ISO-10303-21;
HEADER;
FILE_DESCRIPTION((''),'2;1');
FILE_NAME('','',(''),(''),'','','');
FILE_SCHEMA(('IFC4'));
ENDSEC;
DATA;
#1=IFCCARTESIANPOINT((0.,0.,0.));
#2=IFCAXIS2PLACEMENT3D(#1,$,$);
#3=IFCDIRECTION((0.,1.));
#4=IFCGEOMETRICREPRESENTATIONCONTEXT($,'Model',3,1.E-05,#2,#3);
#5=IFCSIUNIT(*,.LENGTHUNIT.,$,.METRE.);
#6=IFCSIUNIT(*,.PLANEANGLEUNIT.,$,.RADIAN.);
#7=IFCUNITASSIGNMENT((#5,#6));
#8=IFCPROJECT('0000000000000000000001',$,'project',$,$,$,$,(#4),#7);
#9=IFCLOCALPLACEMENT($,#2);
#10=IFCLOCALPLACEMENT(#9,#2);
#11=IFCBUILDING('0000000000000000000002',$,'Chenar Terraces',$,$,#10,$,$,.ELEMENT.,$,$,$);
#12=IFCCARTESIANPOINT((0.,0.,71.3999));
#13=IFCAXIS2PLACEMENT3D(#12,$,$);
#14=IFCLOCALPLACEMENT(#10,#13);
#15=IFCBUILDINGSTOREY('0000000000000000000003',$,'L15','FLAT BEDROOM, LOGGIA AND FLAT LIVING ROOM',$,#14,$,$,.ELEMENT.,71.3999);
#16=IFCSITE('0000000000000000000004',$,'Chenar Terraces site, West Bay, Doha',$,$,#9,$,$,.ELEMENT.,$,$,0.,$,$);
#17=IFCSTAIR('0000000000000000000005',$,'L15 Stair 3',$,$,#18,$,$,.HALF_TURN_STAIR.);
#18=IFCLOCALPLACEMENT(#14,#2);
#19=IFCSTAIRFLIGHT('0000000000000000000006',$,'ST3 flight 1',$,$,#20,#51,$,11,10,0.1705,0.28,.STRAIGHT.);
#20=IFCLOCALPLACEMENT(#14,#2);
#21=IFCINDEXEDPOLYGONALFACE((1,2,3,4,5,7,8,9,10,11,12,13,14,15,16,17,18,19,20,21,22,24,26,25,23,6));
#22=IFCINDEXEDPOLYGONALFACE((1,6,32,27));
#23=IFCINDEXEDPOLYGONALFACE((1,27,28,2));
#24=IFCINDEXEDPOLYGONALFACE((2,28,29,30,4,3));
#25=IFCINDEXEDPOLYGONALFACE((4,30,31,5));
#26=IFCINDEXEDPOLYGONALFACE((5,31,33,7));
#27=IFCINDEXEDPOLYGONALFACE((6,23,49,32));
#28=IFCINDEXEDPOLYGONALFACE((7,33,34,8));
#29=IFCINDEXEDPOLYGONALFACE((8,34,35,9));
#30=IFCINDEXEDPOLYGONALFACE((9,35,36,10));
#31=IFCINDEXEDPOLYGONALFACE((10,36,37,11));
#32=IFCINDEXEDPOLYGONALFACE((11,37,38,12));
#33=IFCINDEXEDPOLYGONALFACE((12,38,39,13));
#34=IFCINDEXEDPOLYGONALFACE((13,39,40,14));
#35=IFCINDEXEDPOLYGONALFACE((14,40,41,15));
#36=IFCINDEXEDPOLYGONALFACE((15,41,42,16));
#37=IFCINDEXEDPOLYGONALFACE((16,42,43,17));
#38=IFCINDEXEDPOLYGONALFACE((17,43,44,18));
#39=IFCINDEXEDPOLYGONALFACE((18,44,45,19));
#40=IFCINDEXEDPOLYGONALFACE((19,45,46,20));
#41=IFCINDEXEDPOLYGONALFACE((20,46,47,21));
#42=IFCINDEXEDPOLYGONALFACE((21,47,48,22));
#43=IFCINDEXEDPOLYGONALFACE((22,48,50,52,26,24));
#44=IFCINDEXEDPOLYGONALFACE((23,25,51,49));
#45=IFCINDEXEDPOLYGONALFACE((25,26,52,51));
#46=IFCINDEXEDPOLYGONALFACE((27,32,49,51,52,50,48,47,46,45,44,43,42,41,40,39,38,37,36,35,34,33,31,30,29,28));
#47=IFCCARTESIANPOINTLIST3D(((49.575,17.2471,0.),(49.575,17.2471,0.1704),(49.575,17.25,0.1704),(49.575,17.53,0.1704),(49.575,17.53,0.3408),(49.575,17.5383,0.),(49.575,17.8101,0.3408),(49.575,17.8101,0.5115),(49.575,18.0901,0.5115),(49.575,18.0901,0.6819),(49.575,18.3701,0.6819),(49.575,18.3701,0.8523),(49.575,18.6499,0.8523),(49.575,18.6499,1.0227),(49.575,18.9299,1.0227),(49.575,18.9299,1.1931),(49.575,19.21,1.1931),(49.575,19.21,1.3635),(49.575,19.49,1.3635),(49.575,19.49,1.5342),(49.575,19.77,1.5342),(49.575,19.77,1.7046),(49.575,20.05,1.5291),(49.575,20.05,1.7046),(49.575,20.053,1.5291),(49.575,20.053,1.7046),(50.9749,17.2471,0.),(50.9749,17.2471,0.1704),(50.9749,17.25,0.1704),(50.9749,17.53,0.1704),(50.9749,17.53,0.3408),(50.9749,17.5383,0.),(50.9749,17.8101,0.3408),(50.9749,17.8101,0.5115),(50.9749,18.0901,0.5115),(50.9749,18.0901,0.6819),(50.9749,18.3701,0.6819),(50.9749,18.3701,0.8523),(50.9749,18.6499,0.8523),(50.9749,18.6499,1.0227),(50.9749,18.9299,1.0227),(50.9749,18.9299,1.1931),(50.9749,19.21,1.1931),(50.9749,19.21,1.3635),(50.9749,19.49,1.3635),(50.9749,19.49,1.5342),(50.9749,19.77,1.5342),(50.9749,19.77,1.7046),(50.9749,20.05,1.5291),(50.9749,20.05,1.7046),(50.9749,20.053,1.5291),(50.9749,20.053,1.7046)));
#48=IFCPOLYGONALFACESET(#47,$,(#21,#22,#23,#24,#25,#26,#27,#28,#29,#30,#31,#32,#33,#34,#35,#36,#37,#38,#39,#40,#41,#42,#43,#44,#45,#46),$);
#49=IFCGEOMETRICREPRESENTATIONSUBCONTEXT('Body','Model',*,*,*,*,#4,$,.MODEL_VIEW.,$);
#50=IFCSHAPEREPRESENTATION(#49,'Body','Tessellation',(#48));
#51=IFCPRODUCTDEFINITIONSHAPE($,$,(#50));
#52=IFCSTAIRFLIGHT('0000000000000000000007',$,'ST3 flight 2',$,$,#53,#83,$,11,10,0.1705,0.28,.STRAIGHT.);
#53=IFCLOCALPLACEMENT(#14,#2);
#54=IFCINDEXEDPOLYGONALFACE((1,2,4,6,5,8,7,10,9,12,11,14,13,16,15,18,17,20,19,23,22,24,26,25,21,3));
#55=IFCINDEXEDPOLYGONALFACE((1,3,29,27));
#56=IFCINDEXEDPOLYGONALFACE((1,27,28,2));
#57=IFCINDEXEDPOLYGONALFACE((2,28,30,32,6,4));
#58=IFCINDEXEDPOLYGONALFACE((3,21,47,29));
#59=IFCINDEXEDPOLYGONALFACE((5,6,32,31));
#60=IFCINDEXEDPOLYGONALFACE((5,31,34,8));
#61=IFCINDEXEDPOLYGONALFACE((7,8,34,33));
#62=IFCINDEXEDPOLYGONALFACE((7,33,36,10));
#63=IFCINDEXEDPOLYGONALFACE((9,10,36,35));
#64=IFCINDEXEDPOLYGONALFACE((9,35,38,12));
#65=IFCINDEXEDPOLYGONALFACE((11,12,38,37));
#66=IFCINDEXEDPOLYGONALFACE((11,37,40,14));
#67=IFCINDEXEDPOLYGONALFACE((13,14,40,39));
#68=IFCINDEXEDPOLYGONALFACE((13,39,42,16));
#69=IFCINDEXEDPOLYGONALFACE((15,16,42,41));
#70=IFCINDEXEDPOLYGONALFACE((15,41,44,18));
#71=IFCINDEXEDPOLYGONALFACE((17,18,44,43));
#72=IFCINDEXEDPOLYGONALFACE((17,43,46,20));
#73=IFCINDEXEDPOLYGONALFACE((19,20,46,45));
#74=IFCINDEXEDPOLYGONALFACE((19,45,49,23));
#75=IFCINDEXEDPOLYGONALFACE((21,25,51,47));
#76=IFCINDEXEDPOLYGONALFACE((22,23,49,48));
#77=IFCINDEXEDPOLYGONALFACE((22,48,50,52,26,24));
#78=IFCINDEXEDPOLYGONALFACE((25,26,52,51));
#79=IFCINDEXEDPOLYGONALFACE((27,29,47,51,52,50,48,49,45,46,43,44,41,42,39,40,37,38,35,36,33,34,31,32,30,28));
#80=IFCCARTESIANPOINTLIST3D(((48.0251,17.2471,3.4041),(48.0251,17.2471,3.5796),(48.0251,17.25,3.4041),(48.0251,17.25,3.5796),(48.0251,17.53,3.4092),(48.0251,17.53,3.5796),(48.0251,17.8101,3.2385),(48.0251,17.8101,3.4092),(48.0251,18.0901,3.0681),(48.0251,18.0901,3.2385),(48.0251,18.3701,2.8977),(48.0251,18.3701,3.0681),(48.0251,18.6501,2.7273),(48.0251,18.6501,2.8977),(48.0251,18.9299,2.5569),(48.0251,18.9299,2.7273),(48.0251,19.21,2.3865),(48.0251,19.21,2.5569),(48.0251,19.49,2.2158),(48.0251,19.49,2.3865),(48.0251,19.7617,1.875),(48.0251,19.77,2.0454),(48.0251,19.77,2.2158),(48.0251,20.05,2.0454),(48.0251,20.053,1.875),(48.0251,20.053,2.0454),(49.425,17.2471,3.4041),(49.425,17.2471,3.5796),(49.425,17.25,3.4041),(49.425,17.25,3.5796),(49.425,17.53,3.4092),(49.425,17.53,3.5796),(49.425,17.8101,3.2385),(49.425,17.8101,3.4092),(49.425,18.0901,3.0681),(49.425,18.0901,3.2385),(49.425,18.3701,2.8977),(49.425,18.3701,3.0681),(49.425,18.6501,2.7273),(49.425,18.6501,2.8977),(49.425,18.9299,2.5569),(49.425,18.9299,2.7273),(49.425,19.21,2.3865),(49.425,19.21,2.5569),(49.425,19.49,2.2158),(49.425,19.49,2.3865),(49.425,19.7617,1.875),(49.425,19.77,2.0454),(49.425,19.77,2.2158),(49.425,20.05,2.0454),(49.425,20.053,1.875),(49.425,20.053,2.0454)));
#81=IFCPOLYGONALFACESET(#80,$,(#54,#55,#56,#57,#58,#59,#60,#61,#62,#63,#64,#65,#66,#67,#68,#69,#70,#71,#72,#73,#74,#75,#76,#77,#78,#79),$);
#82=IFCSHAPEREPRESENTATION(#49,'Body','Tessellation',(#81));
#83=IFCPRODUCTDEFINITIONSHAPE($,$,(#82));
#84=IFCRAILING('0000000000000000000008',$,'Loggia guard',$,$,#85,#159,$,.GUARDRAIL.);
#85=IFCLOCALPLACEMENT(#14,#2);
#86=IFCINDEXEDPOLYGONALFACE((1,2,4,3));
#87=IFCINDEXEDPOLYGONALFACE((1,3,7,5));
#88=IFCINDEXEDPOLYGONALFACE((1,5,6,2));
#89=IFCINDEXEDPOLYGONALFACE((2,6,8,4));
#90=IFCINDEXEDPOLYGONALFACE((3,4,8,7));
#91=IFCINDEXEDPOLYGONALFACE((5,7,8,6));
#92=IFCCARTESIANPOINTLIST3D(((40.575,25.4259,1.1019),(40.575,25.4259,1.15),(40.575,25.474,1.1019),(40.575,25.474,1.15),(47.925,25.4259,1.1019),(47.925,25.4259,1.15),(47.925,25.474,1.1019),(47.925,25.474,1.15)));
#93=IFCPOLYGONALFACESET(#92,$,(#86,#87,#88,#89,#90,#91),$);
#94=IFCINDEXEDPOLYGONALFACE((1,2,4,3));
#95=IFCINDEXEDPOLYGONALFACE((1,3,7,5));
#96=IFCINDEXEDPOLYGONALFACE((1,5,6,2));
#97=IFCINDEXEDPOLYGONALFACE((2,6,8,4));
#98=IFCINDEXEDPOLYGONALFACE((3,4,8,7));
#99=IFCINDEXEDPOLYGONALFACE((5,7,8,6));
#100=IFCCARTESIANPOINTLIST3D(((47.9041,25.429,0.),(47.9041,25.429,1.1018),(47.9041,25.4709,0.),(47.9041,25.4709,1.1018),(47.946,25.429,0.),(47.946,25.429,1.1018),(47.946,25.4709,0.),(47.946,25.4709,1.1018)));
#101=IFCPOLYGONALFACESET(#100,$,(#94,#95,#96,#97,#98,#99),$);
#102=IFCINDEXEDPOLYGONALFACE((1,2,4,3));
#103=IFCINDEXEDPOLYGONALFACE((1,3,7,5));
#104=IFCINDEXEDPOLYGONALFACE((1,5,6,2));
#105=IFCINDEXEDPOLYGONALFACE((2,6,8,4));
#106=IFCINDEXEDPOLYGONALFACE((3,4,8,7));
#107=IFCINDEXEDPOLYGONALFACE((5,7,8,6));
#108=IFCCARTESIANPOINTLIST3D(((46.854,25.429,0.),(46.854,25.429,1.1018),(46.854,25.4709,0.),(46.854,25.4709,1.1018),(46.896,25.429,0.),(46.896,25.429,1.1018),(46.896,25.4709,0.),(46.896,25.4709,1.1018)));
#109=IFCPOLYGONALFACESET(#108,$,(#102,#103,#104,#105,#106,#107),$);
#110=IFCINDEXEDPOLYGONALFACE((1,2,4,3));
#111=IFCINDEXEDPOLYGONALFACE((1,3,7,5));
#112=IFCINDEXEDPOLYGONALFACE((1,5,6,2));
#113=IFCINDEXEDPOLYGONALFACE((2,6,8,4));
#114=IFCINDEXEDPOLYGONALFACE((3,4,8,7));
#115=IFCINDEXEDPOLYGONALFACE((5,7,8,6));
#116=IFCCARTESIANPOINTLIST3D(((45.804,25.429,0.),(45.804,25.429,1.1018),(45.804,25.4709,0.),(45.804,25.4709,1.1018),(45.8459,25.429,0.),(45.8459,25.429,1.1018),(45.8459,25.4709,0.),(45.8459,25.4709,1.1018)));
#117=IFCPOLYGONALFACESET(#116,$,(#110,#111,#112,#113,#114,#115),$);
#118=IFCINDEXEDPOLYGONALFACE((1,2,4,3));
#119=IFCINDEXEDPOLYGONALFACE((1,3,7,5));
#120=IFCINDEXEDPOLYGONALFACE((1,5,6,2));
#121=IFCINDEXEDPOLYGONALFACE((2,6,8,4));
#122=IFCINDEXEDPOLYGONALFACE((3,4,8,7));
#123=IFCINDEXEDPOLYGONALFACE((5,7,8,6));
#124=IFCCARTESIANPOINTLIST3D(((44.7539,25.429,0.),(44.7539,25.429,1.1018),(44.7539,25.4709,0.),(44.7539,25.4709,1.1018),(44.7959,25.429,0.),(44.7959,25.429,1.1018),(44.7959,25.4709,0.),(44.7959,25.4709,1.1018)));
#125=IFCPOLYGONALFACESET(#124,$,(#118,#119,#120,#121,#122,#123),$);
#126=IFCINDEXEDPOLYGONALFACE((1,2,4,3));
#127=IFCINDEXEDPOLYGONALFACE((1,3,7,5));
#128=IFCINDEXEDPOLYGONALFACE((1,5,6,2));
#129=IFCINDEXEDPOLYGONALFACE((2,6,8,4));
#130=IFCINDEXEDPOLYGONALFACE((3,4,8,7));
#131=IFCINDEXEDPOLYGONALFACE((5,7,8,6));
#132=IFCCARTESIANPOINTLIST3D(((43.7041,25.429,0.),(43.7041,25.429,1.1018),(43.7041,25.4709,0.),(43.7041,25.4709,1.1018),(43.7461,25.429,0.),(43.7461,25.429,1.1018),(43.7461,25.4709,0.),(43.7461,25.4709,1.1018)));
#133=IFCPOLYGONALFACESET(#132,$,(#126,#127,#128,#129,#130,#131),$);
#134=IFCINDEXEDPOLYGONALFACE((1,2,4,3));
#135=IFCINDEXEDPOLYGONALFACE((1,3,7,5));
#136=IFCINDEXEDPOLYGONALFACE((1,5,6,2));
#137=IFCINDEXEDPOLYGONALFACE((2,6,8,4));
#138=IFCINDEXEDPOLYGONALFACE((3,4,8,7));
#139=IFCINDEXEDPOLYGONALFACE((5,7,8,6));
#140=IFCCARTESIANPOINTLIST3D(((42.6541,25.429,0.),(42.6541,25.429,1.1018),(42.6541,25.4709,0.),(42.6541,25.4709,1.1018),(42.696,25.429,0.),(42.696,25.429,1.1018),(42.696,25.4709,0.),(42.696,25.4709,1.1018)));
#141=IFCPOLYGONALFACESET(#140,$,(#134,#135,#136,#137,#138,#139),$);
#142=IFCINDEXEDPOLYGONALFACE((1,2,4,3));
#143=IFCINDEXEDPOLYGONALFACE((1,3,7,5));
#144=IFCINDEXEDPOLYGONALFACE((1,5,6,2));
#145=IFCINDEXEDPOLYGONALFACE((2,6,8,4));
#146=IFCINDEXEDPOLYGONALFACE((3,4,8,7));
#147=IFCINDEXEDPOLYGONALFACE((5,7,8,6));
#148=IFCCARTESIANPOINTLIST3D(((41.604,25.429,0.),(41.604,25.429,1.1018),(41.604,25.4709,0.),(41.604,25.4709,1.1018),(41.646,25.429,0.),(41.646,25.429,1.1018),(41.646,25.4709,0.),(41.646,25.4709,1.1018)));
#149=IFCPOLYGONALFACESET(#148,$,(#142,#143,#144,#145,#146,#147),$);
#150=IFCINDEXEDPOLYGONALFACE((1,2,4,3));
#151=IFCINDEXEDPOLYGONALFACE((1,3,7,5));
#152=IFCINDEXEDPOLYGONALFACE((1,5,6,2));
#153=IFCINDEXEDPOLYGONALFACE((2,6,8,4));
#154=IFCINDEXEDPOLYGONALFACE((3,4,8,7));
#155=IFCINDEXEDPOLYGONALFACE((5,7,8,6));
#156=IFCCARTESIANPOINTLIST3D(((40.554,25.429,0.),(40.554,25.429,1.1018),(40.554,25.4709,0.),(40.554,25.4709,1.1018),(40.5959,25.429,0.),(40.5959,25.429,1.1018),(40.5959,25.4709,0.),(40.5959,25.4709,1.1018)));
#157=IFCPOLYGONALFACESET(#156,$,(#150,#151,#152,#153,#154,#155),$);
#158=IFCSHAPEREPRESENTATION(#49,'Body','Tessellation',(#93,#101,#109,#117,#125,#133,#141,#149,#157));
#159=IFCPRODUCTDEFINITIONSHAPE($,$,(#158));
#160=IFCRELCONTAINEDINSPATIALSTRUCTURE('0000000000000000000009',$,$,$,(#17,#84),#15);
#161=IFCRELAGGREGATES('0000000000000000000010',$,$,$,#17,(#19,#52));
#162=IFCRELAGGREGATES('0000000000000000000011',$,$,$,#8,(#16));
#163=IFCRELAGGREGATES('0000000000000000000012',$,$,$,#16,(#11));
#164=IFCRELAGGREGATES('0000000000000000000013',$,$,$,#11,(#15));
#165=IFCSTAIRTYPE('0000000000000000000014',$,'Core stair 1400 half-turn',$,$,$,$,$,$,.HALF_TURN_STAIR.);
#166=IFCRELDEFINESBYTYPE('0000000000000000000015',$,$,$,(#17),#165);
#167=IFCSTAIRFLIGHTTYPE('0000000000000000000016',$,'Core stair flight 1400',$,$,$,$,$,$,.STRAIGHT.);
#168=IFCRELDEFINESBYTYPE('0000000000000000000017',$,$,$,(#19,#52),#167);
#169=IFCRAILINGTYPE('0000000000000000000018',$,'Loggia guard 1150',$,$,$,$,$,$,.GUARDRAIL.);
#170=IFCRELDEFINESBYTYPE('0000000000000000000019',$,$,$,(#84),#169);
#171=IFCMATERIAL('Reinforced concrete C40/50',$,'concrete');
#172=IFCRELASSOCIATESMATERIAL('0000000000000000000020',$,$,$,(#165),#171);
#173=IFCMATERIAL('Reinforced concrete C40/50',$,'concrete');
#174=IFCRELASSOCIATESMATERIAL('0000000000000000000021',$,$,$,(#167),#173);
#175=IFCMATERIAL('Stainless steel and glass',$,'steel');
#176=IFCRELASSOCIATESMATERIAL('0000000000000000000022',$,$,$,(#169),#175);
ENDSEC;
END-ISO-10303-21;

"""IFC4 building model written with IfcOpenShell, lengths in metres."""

from ifc_helpers import new_model, si_unit, direction, frame, origin, origin_2d, place, context, subcontext, project, spatial, polyline, rectangle, outline, extrude, material, type_object, element, aggregate, save


model = new_model("IFC4")

# Units and contexts
model_context = context("Model", 3, precision=1e-05, world=origin(), true_north=direction((0.0, 1.0)))
body_context = subcontext(model_context, "Body", "Model", "MODEL_VIEW")
ifc_project = project(units=[si_unit("LENGTHUNIT", "METRE"), si_unit("PLANEANGLEUNIT", "RADIAN")], contexts=[model_context])

# Site, building, storey
site_placement = place(None, origin())
site = spatial("IfcSite", under=ifc_project, at=site_placement, Name="Chenar Terraces site, West Bay, Doha", CompositionType="ELEMENT", RefElevation=0.0)
building_placement = place(site_placement, origin())
building = spatial("IfcBuilding", under=site, at=building_placement, Name="Chenar Terraces", CompositionType="ELEMENT")
storey_placement = place(building_placement, frame((0.0, 0.0, 71.3999)))
storey = spatial("IfcBuildingStorey", under=building, at=storey_placement, Name="L15", Description="FLAT BEDROOM, LOGGIA AND FLAT LIVING ROOM", CompositionType="ELEMENT", Elevation=71.3999)

# Stair, stair flights
ifc_material_1 = material(Name="Reinforced concrete C40/50", Category="concrete")
stair_type = type_object("IfcStairType", Name="Core stair 1400 half-turn", PredefinedType="HALF_TURN_STAIR", material=ifc_material_1)
stair_placement = place(storey_placement, origin())
stair = element("IfcStair", 1, at=stair_placement, inside=storey, type_object=stair_type, Name="L15 Stair 3", PredefinedType="HALF_TURN_STAIR")
ifc_material_2 = material(Name="Reinforced concrete C40/50", Category="concrete")
stair_flight_type = type_object("IfcStairFlightType", Name="Core stair flight 1400", PredefinedType="STRAIGHT", material=ifc_material_2)
stair_flight_1_placement = place(storey_placement, frame((50.2749, 17.25, 0.0), z_axis=(0.0, 0.0, 1.0), x_axis=(0.0, 1.0, 0.0)))
stair_flight_1 = element("IfcStairFlight", 2, at=stair_flight_1_placement, type_object=stair_flight_type, Name="ST3 flight 1", NumberOfRisers=11, NumberOfTreads=10, PredefinedType="STRAIGHT", RiserHeight=0.1705, TreadLength=0.28, context=body_context, shape_type="SweptSolid", body=[
    extrude(outline(polyline([(-0.0029, 0.0), (-0.0029, 0.1704), (0.0, 0.1704), (0.28, 0.1704), (0.28, 0.3408), (0.5601, 0.3408), (0.5601, 0.5115), (0.8401, 0.5115), (0.8401, 0.6819), (1.1201, 0.6819), (1.1201, 0.8523), (1.3999, 0.8523), (1.3999, 1.0227), (1.6799, 1.0227), (1.6799, 1.1931), (1.96, 1.1931), (1.96, 1.3635), (2.24, 1.3635), (2.24, 1.5342), (2.52, 1.5342), (2.52, 1.7046), (2.8, 1.7046), (2.803, 1.7046), (2.803, 1.5291), (2.8, 1.5291), (0.2883, 0.0), (-0.0029, 0.0)])), frame((0.0, 0.7, 0.0), z_axis=(0.0, -1.0, 0.0), x_axis=(1.0, 0.0, 0.0)), (0.0, 0.0, 1.0), 1.3999),
])
stair_flight_2_placement = place(storey_placement, frame((48.7251, 20.05, 1.875), z_axis=(0.0, 0.0, 1.0), x_axis=(0.0, -1.0, 0.0)))
stair_flight_2 = element("IfcStairFlight", 3, at=stair_flight_2_placement, type_object=stair_flight_type, Name="ST3 flight 2", NumberOfRisers=11, NumberOfTreads=10, PredefinedType="STRAIGHT", RiserHeight=0.1705, TreadLength=0.28, context=body_context, shape_type="SweptSolid", body=[
    extrude(outline(polyline([(-0.0029, 0.0), (-0.0029, 0.1704), (0.0, 0.1704), (0.28, 0.1704), (0.28, 0.3408), (0.5601, 0.3408), (0.5601, 0.5115), (0.8401, 0.5115), (0.8401, 0.6819), (1.1201, 0.6819), (1.1201, 0.8523), (1.3999, 0.8523), (1.3999, 1.0227), (1.6799, 1.0227), (1.6799, 1.1931), (1.96, 1.1931), (1.96, 1.3635), (2.24, 1.3635), (2.24, 1.5342), (2.52, 1.5342), (2.52, 1.7046), (2.8, 1.7046), (2.803, 1.7046), (2.803, 1.5291), (2.8, 1.5291), (0.2883, 0.0), (-0.0029, 0.0)])), frame((0.0, 0.7, 0.0), z_axis=(0.0, -1.0, 0.0), x_axis=(1.0, 0.0, 0.0)), (0.0, 0.0, 1.0), 1.3999),
])
aggregate(stair, [stair_flight_1, stair_flight_2])

# Railing
ifc_material_3 = material(Name="Stainless steel and glass", Category="steel")
railing_type_1 = type_object("IfcRailingType", Name="Loggia guard 1150", PredefinedType="GUARDRAIL", material=ifc_material_3)
railing_1_placement = place(storey_placement, frame((47.925, 25.45, 0.0)))
element("IfcRailing", 4, at=railing_1_placement, inside=storey, type_object=railing_type_1, Name="Loggia guard", PredefinedType="GUARDRAIL", context=body_context, shape_type="SweptSolid", body=[
    extrude(rectangle(XDim=0.0481, YDim=0.0481, at=origin_2d()), frame((0.0, 0.0, 1.126), z_axis=(-1.0, 0.0, 0.0), x_axis=(0.0, -1.0, 0.0)), (0.0, 0.0, 1.0), 7.3501),
    extrude(rectangle(XDim=0.042, YDim=0.042, at=origin_2d()), origin(), (0.0, 0.0, 1.0), 1.1018),
    extrude(rectangle(XDim=0.042, YDim=0.042, at=origin_2d()), frame((-1.05, 0.0, 0.0)), (0.0, 0.0, 1.0), 1.1018),
    extrude(rectangle(XDim=0.042, YDim=0.042, at=origin_2d()), frame((-2.1001, 0.0, 0.0)), (0.0, 0.0, 1.0), 1.1018),
    extrude(rectangle(XDim=0.042, YDim=0.042, at=origin_2d()), frame((-3.1501, 0.0, 0.0)), (0.0, 0.0, 1.0), 1.1018),
    extrude(rectangle(XDim=0.042, YDim=0.042, at=origin_2d()), frame((-4.2, 0.0, 0.0)), (0.0, 0.0, 1.0), 1.1018),
    extrude(rectangle(XDim=0.042, YDim=0.042, at=origin_2d()), frame((-5.25, 0.0, 0.0)), (0.0, 0.0, 1.0), 1.1018),
    extrude(rectangle(XDim=0.042, YDim=0.042, at=origin_2d()), frame((-6.3, 0.0, 0.0)), (0.0, 0.0, 1.0), 1.1018),
    extrude(rectangle(XDim=0.042, YDim=0.042, at=origin_2d()), frame((-7.3501, 0.0, 0.0)), (0.0, 0.0, 1.0), 1.1018),
])

save(model, "model.ifc")
